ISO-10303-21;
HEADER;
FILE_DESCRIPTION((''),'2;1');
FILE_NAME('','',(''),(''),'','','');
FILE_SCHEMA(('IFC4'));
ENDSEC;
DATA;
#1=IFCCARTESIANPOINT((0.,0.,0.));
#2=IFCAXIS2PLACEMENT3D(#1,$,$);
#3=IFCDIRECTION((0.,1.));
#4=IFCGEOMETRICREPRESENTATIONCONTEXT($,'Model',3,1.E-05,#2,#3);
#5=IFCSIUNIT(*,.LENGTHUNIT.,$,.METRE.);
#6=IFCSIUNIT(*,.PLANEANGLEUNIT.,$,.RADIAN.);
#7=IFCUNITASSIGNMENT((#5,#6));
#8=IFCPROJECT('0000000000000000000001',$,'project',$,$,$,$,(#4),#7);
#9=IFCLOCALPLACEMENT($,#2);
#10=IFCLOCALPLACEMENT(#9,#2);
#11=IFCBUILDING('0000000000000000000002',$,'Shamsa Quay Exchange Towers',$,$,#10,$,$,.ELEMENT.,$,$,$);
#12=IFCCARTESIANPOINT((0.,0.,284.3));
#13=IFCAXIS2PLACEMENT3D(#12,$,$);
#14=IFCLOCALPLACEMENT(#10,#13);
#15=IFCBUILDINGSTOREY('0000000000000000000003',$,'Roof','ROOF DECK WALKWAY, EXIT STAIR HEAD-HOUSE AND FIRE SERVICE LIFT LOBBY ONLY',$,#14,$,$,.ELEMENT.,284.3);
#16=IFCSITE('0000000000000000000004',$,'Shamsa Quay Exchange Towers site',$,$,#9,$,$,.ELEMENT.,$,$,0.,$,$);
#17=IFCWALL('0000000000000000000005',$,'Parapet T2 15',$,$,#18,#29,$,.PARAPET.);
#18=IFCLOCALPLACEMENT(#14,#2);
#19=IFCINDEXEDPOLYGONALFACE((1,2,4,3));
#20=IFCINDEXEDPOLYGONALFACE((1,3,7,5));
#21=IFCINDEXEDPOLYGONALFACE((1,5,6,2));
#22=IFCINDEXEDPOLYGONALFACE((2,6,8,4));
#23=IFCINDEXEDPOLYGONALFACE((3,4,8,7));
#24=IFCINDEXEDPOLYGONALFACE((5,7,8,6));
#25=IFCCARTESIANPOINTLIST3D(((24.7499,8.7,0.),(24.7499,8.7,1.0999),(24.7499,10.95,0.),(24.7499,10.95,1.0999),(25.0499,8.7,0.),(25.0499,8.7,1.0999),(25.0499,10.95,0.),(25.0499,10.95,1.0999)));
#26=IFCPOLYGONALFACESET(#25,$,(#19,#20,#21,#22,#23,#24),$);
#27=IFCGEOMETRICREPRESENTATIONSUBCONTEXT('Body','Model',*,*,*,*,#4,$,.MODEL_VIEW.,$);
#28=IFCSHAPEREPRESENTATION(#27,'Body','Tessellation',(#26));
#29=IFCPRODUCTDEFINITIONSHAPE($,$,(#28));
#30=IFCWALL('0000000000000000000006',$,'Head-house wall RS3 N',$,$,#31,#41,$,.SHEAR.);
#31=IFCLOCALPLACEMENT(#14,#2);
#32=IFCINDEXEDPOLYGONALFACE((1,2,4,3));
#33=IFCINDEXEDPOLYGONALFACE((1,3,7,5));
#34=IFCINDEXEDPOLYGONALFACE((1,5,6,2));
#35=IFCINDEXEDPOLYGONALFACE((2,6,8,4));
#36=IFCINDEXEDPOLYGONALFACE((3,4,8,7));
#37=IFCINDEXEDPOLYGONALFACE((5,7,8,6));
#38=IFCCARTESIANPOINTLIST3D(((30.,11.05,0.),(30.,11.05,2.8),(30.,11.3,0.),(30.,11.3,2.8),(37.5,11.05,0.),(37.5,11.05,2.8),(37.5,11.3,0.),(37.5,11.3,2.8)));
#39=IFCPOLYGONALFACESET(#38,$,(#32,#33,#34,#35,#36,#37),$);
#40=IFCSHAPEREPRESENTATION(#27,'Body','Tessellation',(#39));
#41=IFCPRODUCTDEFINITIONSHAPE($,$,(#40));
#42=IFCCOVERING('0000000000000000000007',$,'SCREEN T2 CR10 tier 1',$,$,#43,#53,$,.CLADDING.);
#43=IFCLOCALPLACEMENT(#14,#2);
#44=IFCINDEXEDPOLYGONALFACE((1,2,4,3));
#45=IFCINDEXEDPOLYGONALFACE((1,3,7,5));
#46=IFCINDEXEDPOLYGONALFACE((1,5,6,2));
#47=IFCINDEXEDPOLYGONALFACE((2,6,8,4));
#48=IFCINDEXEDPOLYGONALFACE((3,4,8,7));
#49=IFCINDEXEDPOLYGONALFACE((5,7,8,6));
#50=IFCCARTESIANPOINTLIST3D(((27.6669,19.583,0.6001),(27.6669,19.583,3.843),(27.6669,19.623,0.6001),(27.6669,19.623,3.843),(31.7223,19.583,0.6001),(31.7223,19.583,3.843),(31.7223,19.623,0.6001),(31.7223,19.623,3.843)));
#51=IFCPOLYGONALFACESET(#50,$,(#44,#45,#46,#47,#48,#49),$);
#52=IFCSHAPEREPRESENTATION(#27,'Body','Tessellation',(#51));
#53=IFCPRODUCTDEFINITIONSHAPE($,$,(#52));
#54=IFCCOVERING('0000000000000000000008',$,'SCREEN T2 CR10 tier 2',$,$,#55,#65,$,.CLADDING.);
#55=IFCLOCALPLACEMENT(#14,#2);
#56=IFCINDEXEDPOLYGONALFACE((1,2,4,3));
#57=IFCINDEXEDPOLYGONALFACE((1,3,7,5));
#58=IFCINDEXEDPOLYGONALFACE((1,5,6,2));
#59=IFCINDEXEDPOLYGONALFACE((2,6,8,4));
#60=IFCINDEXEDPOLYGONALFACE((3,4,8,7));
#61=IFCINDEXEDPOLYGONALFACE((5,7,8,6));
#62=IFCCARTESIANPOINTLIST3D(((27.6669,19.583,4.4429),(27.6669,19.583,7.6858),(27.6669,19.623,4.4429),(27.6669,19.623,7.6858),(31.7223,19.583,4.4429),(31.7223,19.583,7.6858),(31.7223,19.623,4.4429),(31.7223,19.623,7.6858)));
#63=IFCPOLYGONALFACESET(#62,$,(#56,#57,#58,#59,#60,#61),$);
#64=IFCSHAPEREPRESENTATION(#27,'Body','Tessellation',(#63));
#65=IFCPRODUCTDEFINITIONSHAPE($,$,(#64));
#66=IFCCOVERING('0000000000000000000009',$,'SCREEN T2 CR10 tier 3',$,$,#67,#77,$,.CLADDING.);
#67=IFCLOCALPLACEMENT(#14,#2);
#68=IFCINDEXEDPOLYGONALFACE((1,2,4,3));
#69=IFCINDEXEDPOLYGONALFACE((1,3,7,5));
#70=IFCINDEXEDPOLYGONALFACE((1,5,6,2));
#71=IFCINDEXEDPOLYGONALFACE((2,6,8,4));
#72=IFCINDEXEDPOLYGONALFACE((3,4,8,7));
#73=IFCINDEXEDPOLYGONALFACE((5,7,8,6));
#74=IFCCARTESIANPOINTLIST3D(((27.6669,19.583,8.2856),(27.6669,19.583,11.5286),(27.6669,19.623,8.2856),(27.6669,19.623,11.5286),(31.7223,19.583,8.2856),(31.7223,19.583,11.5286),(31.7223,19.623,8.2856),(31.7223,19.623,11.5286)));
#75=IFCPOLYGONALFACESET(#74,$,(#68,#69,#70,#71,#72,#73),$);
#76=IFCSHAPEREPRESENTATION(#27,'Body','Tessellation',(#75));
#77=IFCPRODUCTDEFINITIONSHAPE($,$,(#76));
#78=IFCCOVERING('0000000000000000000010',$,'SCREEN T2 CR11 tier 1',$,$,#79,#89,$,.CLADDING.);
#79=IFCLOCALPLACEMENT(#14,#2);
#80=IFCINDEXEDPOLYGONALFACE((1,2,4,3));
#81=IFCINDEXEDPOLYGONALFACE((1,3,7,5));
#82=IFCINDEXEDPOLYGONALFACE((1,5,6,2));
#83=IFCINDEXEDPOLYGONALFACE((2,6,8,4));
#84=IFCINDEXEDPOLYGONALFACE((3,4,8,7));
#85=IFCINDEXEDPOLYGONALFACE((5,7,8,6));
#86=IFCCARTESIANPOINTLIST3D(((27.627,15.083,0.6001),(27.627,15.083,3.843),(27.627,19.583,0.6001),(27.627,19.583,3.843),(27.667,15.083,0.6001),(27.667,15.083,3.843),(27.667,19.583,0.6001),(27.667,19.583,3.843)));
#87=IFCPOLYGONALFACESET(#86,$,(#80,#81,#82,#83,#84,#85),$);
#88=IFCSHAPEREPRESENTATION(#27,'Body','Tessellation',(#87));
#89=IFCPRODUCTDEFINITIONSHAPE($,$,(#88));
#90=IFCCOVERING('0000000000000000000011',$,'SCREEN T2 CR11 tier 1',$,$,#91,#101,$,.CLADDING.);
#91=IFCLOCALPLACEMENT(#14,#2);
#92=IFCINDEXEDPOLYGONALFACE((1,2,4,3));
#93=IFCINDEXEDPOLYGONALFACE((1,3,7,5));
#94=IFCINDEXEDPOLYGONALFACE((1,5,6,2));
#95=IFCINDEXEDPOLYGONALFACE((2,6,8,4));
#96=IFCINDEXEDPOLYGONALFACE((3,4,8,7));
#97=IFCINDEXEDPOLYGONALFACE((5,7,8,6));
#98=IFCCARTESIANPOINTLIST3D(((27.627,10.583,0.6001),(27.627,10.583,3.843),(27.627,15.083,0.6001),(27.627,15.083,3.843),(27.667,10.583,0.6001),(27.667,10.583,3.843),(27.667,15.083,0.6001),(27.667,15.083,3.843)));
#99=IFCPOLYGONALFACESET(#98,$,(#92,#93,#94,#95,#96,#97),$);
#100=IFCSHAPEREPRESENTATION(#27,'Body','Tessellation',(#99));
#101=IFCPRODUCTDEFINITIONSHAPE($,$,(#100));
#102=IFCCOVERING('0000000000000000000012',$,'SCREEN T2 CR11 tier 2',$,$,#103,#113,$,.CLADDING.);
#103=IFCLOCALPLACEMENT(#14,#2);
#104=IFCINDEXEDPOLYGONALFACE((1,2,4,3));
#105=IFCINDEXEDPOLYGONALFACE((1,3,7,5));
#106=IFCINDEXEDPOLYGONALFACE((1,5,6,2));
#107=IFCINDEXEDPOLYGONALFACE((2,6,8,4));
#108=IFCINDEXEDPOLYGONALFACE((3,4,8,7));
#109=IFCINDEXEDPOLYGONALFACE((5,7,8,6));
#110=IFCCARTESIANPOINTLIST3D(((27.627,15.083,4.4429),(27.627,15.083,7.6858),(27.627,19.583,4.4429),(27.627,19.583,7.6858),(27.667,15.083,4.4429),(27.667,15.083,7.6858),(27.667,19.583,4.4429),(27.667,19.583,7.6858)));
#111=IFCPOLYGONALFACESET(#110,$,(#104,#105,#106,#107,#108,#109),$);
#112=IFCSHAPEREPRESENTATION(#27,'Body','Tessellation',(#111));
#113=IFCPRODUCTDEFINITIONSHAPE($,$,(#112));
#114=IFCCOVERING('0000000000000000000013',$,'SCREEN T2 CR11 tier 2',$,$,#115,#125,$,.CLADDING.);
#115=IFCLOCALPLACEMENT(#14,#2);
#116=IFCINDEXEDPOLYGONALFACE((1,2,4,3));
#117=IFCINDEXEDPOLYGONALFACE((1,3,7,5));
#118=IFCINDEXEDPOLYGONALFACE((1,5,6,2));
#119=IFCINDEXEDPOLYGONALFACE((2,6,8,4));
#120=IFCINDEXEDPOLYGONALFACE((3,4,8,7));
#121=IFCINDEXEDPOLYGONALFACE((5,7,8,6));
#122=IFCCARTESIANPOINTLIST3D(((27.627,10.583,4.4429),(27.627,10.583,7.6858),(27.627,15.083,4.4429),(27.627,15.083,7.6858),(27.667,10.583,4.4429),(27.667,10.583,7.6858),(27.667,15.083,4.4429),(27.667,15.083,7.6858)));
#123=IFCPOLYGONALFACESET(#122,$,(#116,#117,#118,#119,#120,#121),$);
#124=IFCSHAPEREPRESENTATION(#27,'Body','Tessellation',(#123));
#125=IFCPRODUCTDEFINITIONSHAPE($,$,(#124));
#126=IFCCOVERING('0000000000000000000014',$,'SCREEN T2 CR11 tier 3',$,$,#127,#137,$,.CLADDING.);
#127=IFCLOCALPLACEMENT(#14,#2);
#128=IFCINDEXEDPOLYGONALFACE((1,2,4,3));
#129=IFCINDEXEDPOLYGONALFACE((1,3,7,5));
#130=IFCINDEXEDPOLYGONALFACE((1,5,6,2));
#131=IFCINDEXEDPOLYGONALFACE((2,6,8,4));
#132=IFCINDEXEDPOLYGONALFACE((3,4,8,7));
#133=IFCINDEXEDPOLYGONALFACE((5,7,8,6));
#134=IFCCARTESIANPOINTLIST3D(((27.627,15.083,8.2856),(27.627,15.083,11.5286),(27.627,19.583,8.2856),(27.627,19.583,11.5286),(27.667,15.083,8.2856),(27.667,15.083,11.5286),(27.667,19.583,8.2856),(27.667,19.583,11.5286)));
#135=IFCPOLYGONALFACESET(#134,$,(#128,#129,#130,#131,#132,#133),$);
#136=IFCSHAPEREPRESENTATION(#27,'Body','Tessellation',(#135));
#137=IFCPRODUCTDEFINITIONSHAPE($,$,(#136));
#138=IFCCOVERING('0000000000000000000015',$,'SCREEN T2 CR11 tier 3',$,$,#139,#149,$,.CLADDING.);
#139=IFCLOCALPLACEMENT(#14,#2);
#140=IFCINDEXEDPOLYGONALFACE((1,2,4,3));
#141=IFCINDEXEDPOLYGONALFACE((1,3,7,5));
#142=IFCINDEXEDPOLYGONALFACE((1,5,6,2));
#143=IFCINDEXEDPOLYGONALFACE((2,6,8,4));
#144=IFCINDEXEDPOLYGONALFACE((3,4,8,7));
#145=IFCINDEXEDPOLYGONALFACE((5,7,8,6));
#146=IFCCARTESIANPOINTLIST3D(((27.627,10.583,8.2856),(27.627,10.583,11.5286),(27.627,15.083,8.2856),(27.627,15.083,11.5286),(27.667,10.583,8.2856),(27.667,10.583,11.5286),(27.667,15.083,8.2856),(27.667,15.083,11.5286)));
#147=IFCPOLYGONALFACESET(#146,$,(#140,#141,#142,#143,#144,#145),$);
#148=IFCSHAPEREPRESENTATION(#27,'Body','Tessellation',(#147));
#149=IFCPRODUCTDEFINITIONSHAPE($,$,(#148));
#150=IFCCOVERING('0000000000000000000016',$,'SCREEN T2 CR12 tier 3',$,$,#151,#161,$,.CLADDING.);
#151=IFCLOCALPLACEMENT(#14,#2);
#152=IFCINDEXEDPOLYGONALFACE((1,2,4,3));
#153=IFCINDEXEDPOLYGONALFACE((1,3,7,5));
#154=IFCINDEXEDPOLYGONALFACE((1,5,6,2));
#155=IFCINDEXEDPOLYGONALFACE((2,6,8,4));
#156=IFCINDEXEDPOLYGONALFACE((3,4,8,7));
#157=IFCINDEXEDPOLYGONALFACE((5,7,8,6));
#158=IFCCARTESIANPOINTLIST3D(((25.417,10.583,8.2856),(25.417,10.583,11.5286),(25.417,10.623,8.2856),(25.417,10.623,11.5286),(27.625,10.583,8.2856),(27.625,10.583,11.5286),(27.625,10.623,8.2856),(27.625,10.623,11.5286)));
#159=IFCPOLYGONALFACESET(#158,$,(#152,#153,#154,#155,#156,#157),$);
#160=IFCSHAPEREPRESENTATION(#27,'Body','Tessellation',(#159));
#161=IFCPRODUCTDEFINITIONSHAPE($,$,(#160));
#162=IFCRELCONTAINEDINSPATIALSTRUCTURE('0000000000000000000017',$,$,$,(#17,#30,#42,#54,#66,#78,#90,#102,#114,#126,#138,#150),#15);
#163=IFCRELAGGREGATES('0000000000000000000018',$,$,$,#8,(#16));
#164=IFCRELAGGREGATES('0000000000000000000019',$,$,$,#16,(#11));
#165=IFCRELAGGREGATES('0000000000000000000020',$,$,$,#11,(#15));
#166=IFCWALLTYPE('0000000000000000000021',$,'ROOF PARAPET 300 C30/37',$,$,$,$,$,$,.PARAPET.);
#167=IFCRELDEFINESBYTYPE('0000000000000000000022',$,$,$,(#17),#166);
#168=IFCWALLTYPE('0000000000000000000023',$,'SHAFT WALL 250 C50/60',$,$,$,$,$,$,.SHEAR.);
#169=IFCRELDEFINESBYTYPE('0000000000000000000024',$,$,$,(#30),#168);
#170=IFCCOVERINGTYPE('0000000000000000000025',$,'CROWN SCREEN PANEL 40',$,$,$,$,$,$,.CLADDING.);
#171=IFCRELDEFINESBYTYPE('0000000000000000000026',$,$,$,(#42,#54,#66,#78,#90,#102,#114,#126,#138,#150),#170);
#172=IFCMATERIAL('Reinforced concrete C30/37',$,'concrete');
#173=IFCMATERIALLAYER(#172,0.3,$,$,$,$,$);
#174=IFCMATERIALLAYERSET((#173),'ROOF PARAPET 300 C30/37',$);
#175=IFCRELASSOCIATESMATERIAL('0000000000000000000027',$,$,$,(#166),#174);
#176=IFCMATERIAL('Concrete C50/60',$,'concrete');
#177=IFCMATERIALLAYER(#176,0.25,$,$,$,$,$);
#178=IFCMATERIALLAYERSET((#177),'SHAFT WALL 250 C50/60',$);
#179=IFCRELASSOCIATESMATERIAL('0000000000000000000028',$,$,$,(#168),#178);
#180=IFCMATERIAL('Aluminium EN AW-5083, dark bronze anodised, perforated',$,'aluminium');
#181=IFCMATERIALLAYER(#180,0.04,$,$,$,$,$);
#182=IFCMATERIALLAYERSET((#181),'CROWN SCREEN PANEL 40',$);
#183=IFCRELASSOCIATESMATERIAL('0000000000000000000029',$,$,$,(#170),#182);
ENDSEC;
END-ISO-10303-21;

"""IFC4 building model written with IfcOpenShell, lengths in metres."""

from ifc_helpers import new_model, si_unit, direction, frame, frame_2d, origin, origin_2d, place, context, subcontext, project, spatial, rectangle, extrude, material, layer, layer_set, type_object, element, save


model = new_model("IFC4")

# Units and contexts
model_context = context("Model", 3, precision=1e-05, world=origin(), true_north=direction((0.0, 1.0)))
body_context = subcontext(model_context, "Body", "Model", "MODEL_VIEW")
ifc_project = project(units=[si_unit("LENGTHUNIT", "METRE"), si_unit("PLANEANGLEUNIT", "RADIAN")], contexts=[model_context])

# Site, building, storey
site_placement = place(None, origin())
site = spatial("IfcSite", under=ifc_project, at=site_placement, Name="Shamsa Quay Exchange Towers site", CompositionType="ELEMENT", RefElevation=0.0)
building_placement = place(site_placement, origin())
building = spatial("IfcBuilding", under=site, at=building_placement, Name="Shamsa Quay Exchange Towers", CompositionType="ELEMENT")
storey_placement = place(building_placement, frame((0.0, 0.0, 284.3)))
storey = spatial("IfcBuildingStorey", under=building, at=storey_placement, Name="Roof", Description="ROOF DECK WALKWAY, EXIT STAIR HEAD-HOUSE AND FIRE SERVICE LIFT LOBBY ONLY", CompositionType="ELEMENT", Elevation=284.3)

# Walls
ifc_material_1 = material(Name="Reinforced concrete C30/37", Category="concrete")
ifc_layer_1 = layer(ifc_material_1, 0.3)
ifc_layer_set_1 = layer_set([ifc_layer_1], Name="ROOF PARAPET 300 C30/37")
wall_type_1 = type_object("IfcWallType", Name="ROOF PARAPET 300 C30/37", PredefinedType="PARAPET", material=ifc_layer_set_1)
for number, where, z_axis, x_axis, name in (
    (1, (24.8999, 10.95, 0.0), (0.0, 0.0, 1.0), (0.0, -1.0, 0.0), "Parapet T2 15"),
):
    element("IfcWall", number, at=place(storey_placement, frame(where, z_axis=z_axis, x_axis=x_axis)), inside=storey, type_object=wall_type_1, Name=name, PredefinedType="PARAPET", context=body_context, shape_type="SweptSolid", body=[
        extrude(rectangle(XDim=2.25, YDim=0.3, at=frame_2d((1.125, 0.0))), origin(), (0.0, 0.0, 1.0), 1.0999),
    ])
ifc_material_2 = material(Name="Concrete C50/60", Category="concrete")
ifc_layer_2 = layer(ifc_material_2, 0.25)
ifc_layer_set_2 = layer_set([ifc_layer_2], Name="SHAFT WALL 250 C50/60")
wall_type_2 = type_object("IfcWallType", Name="SHAFT WALL 250 C50/60", PredefinedType="SHEAR", material=ifc_layer_set_2)
wall_1_placement = place(storey_placement, frame((30.0, 11.175, 0.0)))
element("IfcWall", 2, at=wall_1_placement, inside=storey, type_object=wall_type_2, Name="Head-house wall RS3 N", PredefinedType="SHEAR", context=body_context, shape_type="SweptSolid", body=[
    extrude(rectangle(XDim=7.5, YDim=0.25, at=frame_2d((3.75, 0.0))), origin(), (0.0, 0.0, 1.0), 2.8),
])

# Coverings
ifc_material_3 = material(Name="Aluminium EN AW-5083, dark bronze anodised, perforated", Category="aluminium")
ifc_layer_3 = layer(ifc_material_3, 0.04)
ifc_layer_set_3 = layer_set([ifc_layer_3], Name="CROWN SCREEN PANEL 40")
covering_type = type_object("IfcCoveringType", Name="CROWN SCREEN PANEL 40", PredefinedType="CLADDING", material=ifc_layer_set_3)
for number, where, z_axis, x_axis, name in (
    (3, (29.6946, 19.603, 0.6001), (0.0, 0.0, 1.0), (-1.0, 0.0, 0.0), "SCREEN T2 CR10 tier 1"),
    (4, (29.6946, 19.603, 4.4429), (0.0, 0.0, 1.0), (-1.0, 0.0, 0.0), "SCREEN T2 CR10 tier 2"),
    (5, (29.6946, 19.603, 8.2856), (0.0, 0.0, 1.0), (-1.0, 0.0, 0.0), "SCREEN T2 CR10 tier 3"),
):
    element("IfcCovering", number, at=place(storey_placement, frame(where, z_axis=z_axis, x_axis=x_axis)), inside=storey, type_object=covering_type, Name=name, PredefinedType="CLADDING", context=body_context, shape_type="SweptSolid", body=[
        extrude(rectangle(XDim=4.0554, YDim=0.04, at=origin_2d()), origin(), (0.0, 0.0, 1.0), 3.2429),
    ])
for number, where, z_axis, x_axis, name in (
    (6, (27.647, 17.333, 0.6001), (0.0, 0.0, 1.0), (0.0, -1.0, 0.0), "SCREEN T2 CR11 tier 1"),
    (7, (27.647, 12.833, 0.6001), (0.0, 0.0, 1.0), (0.0, -1.0, 0.0), "SCREEN T2 CR11 tier 1"),
    (8, (27.647, 17.333, 4.4429), (0.0, 0.0, 1.0), (0.0, -1.0, 0.0), "SCREEN T2 CR11 tier 2"),
    (9, (27.647, 12.833, 4.4429), (0.0, 0.0, 1.0), (0.0, -1.0, 0.0), "SCREEN T2 CR11 tier 2"),
    (10, (27.647, 17.333, 8.2856), (0.0, 0.0, 1.0), (0.0, -1.0, 0.0), "SCREEN T2 CR11 tier 3"),
    (11, (27.647, 12.833, 8.2856), (0.0, 0.0, 1.0), (0.0, -1.0, 0.0), "SCREEN T2 CR11 tier 3"),
):
    element("IfcCovering", number, at=place(storey_placement, frame(where, z_axis=z_axis, x_axis=x_axis)), inside=storey, type_object=covering_type, Name=name, PredefinedType="CLADDING", context=body_context, shape_type="SweptSolid", body=[
        extrude(rectangle(XDim=4.5, YDim=0.04, at=origin_2d()), origin(), (0.0, 0.0, 1.0), 3.2429),
    ])
covering_placement = place(storey_placement, frame((26.521, 10.603, 8.2856), z_axis=(0.0, 0.0, 1.0), x_axis=(-1.0, 0.0, 0.0)))
element("IfcCovering", 12, at=covering_placement, inside=storey, type_object=covering_type, Name="SCREEN T2 CR12 tier 3", PredefinedType="CLADDING", context=body_context, shape_type="SweptSolid", body=[
    extrude(rectangle(XDim=2.208, YDim=0.04, at=origin_2d()), origin(), (0.0, 0.0, 1.0), 3.2429),
])

save(model, "model.ifc")
